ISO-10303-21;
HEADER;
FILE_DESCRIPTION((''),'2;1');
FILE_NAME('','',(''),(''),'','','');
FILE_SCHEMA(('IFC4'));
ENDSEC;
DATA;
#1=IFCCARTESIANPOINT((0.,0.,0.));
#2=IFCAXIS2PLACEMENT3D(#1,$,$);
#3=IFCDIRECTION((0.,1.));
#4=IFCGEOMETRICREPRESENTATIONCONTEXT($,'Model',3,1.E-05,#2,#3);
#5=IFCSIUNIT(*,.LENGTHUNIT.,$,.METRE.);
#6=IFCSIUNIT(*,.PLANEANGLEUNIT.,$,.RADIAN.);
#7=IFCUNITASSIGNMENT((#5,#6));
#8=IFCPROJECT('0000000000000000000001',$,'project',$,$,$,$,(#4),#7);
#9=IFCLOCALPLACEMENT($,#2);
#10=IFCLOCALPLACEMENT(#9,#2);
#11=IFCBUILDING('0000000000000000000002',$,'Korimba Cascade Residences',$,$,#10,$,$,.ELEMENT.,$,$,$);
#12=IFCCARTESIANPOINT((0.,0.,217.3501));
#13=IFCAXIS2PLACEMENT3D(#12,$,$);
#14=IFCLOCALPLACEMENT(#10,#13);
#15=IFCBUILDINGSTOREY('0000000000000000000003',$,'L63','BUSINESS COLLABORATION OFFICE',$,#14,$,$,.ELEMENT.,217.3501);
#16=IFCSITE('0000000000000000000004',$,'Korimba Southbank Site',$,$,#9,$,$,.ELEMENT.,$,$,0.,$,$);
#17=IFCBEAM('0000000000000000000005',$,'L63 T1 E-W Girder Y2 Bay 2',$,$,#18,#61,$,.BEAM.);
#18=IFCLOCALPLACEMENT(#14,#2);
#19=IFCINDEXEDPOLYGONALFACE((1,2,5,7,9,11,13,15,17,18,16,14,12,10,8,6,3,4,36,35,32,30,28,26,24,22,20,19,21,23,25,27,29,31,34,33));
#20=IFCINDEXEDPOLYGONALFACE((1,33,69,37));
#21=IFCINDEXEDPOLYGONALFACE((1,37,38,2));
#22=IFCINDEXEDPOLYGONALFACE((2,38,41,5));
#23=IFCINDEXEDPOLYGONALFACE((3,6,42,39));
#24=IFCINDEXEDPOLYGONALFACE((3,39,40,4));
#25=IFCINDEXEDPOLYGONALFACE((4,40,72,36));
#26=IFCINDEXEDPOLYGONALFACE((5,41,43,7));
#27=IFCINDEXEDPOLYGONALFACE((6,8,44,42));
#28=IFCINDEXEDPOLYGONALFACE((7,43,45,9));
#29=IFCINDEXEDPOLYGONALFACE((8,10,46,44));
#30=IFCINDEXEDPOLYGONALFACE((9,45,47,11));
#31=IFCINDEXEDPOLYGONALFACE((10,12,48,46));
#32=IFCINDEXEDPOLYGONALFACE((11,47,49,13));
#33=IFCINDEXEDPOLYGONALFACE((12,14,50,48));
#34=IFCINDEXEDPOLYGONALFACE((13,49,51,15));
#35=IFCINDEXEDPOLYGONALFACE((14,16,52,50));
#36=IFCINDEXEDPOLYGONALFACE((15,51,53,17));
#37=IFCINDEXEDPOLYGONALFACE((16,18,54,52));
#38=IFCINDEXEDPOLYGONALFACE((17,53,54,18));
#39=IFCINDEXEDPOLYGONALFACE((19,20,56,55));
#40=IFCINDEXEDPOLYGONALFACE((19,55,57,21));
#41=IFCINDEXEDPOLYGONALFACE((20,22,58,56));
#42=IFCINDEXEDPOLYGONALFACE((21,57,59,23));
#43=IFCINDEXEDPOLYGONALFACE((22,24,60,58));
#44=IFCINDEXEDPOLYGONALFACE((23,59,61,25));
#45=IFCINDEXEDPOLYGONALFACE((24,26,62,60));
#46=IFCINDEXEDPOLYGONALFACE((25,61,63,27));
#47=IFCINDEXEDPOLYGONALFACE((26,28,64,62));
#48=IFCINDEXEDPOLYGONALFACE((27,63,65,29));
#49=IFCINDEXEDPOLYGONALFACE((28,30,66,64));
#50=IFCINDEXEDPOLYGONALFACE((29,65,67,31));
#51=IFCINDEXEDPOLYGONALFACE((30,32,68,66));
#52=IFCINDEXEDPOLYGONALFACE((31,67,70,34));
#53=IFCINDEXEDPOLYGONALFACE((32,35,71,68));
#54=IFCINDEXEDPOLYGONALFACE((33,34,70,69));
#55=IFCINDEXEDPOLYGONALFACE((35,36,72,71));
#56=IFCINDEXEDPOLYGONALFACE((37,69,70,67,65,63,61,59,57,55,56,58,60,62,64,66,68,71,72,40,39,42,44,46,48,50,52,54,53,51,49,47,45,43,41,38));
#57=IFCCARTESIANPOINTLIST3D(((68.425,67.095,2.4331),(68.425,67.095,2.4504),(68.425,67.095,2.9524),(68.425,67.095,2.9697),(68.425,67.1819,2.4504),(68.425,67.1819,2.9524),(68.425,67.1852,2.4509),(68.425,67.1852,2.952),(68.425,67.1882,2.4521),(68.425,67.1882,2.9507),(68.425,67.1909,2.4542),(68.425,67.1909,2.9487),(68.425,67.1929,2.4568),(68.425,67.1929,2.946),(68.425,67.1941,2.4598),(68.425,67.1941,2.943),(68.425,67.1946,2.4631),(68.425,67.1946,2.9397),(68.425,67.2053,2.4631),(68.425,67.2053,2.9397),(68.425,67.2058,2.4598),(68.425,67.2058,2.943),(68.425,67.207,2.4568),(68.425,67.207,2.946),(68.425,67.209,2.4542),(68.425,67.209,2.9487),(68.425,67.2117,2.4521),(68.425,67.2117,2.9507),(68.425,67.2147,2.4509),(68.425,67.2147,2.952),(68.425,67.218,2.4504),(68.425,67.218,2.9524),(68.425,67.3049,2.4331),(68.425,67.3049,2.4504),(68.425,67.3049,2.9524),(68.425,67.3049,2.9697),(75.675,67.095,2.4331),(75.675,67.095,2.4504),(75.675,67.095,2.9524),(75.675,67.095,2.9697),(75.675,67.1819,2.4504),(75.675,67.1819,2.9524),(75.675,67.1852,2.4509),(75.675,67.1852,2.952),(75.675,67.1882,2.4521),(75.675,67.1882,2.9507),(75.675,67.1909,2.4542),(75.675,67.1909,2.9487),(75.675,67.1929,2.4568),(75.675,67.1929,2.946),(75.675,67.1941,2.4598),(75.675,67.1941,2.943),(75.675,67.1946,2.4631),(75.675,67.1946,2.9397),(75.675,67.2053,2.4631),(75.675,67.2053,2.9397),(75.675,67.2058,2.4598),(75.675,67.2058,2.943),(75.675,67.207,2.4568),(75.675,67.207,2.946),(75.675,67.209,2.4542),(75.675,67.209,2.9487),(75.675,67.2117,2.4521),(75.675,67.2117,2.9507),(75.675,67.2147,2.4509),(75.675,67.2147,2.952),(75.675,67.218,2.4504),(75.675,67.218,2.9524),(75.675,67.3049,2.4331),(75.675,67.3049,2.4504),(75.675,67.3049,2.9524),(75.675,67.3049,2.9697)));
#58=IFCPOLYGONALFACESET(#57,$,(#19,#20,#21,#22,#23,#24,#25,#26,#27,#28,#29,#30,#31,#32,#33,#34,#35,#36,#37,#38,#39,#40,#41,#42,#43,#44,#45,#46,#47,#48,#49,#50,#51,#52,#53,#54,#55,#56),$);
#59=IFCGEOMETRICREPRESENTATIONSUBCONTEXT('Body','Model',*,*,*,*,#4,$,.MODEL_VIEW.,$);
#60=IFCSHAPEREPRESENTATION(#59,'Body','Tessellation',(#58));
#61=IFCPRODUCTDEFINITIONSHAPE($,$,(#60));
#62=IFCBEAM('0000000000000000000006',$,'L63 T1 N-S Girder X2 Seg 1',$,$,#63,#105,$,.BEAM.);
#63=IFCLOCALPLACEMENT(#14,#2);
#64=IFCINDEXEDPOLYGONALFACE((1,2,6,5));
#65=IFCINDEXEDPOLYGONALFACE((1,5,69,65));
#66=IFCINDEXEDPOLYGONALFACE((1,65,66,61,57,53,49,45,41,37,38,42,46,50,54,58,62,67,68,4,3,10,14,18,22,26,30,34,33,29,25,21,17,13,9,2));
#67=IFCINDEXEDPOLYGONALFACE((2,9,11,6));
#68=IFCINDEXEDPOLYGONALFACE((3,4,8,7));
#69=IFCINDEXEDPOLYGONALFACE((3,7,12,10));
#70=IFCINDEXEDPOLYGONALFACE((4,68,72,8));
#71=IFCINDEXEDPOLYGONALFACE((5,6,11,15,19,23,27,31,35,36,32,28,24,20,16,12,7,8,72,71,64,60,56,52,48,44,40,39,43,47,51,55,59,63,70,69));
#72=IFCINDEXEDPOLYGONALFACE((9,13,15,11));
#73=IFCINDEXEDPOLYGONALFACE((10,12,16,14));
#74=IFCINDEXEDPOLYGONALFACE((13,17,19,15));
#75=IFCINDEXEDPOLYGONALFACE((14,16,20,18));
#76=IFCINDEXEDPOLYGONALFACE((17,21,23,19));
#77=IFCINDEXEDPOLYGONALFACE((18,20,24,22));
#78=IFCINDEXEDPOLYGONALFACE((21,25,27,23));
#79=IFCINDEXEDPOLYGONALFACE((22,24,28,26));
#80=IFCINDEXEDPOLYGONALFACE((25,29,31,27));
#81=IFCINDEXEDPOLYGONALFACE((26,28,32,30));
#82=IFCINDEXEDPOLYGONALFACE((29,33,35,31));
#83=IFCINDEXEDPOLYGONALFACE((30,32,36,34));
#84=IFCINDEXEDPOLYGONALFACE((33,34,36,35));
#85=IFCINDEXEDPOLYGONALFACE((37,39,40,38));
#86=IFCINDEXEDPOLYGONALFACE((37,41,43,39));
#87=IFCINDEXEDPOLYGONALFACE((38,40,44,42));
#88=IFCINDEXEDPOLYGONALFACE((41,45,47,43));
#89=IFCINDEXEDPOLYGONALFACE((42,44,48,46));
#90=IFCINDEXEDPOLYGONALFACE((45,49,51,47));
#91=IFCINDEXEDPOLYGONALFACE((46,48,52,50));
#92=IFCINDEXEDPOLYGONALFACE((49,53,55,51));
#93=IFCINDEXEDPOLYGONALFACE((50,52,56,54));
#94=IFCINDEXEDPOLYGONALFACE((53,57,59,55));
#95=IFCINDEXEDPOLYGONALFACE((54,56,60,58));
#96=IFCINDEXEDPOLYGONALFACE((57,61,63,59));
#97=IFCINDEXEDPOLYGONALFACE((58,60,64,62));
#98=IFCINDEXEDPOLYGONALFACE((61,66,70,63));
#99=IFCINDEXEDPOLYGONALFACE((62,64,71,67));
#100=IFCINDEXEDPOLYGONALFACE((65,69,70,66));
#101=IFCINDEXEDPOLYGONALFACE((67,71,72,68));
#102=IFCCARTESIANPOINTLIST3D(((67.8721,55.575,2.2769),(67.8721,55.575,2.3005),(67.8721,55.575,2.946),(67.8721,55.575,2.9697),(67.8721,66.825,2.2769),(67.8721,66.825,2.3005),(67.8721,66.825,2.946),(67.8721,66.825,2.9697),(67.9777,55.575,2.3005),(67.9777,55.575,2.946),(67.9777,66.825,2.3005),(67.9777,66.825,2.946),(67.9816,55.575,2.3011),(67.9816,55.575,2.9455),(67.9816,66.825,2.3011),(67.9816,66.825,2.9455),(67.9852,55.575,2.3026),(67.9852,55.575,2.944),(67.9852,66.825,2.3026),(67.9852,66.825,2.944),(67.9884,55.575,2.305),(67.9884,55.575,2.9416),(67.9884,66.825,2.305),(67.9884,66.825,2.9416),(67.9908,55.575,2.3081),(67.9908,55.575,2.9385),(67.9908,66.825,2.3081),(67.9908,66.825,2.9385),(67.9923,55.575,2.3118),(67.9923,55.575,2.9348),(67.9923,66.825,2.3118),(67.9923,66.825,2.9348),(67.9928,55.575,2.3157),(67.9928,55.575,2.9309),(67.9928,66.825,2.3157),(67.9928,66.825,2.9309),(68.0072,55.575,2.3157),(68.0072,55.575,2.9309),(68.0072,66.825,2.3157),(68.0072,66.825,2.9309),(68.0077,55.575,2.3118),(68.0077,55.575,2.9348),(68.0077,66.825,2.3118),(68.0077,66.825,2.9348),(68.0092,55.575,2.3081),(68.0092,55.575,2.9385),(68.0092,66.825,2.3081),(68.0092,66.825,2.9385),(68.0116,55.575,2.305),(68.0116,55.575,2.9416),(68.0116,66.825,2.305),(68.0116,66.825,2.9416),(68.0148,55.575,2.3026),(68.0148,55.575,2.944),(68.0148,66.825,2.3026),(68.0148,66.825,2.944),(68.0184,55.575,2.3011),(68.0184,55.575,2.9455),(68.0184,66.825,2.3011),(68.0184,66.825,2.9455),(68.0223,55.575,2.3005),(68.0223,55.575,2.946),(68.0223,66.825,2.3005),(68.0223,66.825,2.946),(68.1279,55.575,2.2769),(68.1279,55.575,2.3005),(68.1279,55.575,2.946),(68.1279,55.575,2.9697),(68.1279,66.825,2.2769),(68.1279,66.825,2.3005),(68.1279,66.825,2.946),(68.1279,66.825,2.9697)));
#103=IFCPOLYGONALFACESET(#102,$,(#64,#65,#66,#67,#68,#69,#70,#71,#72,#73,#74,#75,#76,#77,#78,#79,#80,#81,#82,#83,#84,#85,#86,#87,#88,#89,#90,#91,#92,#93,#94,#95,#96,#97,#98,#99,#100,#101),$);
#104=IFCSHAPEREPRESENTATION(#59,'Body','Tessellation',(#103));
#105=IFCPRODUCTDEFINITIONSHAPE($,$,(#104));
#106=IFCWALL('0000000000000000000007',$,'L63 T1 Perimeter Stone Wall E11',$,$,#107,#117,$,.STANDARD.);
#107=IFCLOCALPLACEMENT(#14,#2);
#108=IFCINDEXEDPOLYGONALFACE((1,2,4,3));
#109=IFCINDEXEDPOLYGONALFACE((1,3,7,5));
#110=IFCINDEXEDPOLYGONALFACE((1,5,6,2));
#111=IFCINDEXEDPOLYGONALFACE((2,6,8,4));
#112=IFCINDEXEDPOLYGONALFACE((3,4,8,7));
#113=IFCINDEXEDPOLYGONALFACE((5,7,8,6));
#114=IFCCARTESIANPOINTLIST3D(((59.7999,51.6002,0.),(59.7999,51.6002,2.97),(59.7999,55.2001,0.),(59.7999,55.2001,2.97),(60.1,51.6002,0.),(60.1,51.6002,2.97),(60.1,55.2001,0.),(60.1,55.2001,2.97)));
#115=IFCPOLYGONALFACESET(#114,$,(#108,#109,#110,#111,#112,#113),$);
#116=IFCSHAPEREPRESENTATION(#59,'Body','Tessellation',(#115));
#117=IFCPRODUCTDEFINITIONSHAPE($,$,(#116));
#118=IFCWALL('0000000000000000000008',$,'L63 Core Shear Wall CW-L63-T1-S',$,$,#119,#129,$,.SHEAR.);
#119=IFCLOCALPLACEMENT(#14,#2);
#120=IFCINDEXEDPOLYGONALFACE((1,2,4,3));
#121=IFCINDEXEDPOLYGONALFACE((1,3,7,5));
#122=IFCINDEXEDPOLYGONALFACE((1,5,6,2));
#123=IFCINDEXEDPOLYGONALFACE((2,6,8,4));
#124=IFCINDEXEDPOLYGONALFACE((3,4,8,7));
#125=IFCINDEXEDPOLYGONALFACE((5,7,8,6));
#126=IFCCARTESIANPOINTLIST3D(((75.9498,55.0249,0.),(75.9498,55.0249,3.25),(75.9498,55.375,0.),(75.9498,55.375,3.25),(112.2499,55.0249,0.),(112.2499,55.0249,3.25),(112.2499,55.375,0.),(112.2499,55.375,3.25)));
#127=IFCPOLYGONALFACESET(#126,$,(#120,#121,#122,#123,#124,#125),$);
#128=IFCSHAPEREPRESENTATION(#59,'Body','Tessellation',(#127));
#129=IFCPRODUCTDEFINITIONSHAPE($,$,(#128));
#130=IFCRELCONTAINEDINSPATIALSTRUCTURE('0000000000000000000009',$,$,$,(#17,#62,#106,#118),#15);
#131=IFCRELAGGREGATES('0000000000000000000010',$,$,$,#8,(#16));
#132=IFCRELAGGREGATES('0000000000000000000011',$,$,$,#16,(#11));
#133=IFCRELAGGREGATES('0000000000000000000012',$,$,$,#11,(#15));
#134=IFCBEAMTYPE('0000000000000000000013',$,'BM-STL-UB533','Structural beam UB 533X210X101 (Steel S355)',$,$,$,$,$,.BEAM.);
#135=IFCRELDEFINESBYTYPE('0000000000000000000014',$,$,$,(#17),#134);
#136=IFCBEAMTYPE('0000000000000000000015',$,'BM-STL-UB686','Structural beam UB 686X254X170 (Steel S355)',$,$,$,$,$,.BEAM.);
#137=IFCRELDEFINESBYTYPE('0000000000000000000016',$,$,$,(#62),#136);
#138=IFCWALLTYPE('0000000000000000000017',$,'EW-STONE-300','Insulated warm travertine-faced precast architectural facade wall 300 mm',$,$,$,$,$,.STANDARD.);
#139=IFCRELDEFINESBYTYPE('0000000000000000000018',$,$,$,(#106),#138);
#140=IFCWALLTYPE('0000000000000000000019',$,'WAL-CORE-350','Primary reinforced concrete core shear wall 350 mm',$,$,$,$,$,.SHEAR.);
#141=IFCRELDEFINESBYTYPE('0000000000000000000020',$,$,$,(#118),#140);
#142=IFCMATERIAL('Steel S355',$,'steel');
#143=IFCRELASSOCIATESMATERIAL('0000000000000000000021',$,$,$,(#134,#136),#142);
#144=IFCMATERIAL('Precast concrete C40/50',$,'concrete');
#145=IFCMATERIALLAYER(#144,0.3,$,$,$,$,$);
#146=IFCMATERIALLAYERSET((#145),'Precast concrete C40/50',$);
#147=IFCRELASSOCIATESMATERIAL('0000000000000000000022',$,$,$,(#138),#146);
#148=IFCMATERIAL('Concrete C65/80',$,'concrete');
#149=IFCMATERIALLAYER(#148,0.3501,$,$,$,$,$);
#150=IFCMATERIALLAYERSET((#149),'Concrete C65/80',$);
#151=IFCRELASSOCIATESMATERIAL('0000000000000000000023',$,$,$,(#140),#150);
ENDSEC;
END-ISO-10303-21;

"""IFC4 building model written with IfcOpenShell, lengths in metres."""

from ifc_helpers import new_model, si_unit, direction, frame, frame_2d, origin, origin_2d, place, context, subcontext, project, spatial, rectangle, i_section, extrude, material, layer, layer_set, material_profile, profile_set, type_object, element, save


model = new_model("IFC4")

# Units and contexts
model_context = context("Model", 3, precision=1e-05, world=origin(), true_north=direction((0.0, 1.0)))
body_context = subcontext(model_context, "Body", "Model", "MODEL_VIEW")
ifc_project = project(units=[si_unit("LENGTHUNIT", "METRE"), si_unit("PLANEANGLEUNIT", "RADIAN")], contexts=[model_context])

# Site, building, storey
site_placement = place(None, origin())
site = spatial("IfcSite", under=ifc_project, at=site_placement, Name="Korimba Southbank Site", CompositionType="ELEMENT", RefElevation=0.0)
building_placement = place(site_placement, origin())
building = spatial("IfcBuilding", under=site, at=building_placement, Name="Korimba Cascade Residences", CompositionType="ELEMENT")
storey_placement = place(building_placement, frame((0.0, 0.0, 217.3501)))
storey = spatial("IfcBuildingStorey", under=building, at=storey_placement, Name="L63", Description="BUSINESS COLLABORATION OFFICE", CompositionType="ELEMENT", Elevation=217.3501)

# Shared definitions
ifc_material_1 = material(Name="Concrete C65/80", Category="concrete")

# Beams
ifc_material_2 = material(Name="Steel S355", Category="steel")
ifc_material_profile_1 = material_profile(ifc_material_2, i_section(OverallWidth=0.21, OverallDepth=0.5366, WebThickness=0.0107, FlangeThickness=0.0173, FilletRadius=0.0127, at=origin_2d()), Name="Steel S355")
ifc_profile_set_1 = profile_set([ifc_material_profile_1], Name="Steel S355")
beam_type_1 = type_object("IfcBeamType", Name="BM-STL-UB533", Description="Structural beam UB 533X210X101 (Steel S355)", PredefinedType="BEAM", material=ifc_profile_set_1)
beam_1_placement = place(storey_placement, frame((68.425, 67.2, 2.7014), z_axis=(1.0, 0.0, 0.0), x_axis=(0.0, 1.0, 0.0)))
element("IfcBeam", 1, at=beam_1_placement, inside=storey, type_object=beam_type_1, Name="L63 T1 E-W Girder Y2 Bay 2", PredefinedType="BEAM", context=body_context, shape_type="SweptSolid", body=[
    extrude(i_section(OverallWidth=0.21, OverallDepth=0.5366, WebThickness=0.0107, FlangeThickness=0.0173, FilletRadius=0.0127, at=origin_2d()), origin(), (0.0, 0.0, 1.0), 7.25),
])
ifc_material_profile_2 = material_profile(ifc_material_2, i_section(OverallWidth=0.2559, OverallDepth=0.6929, WebThickness=0.0144, FlangeThickness=0.0237, FilletRadius=0.0151, at=origin_2d()), Name="Steel S355")
ifc_profile_set_2 = profile_set([ifc_material_profile_2], Name="Steel S355")
beam_type_2 = type_object("IfcBeamType", Name="BM-STL-UB686", Description="Structural beam UB 686X254X170 (Steel S355)", PredefinedType="BEAM", material=ifc_profile_set_2)
beam_2_placement = place(storey_placement, frame((68.0, 55.575, 2.6233), z_axis=(0.0, 1.0, 0.0), x_axis=(-1.0, 0.0, 0.0)))
element("IfcBeam", 2, at=beam_2_placement, inside=storey, type_object=beam_type_2, Name="L63 T1 N-S Girder X2 Seg 1", PredefinedType="BEAM", context=body_context, shape_type="SweptSolid", body=[
    extrude(i_section(OverallWidth=0.2559, OverallDepth=0.6929, WebThickness=0.0144, FlangeThickness=0.0237, FilletRadius=0.0151, at=origin_2d()), origin(), (0.0, 0.0, 1.0), 11.25),
])

# Walls
ifc_material_3 = material(Name="Precast concrete C40/50", Category="concrete")
ifc_layer_1 = layer(ifc_material_3, 0.3)
ifc_layer_set_1 = layer_set([ifc_layer_1], Name="Precast concrete C40/50")
wall_type_1 = type_object("IfcWallType", Name="EW-STONE-300", Description="Insulated warm travertine-faced precast architectural facade wall 300 mm", PredefinedType="STANDARD", material=ifc_layer_set_1)
wall_1_placement = place(storey_placement, frame((59.95, 55.2, 0.0), z_axis=(0.0, 0.0, 1.0), x_axis=(0.0, -1.0, 0.0)))
element("IfcWall", 3, at=wall_1_placement, inside=storey, type_object=wall_type_1, Name="L63 T1 Perimeter Stone Wall E11", PredefinedType="STANDARD", context=body_context, shape_type="SweptSolid", body=[
    extrude(rectangle(XDim=3.5999, YDim=0.3, at=frame_2d((1.7998, 0.0))), origin(), (0.0, 0.0, 1.0), 2.97),
])
ifc_layer_2 = layer(ifc_material_1, 0.3501)
ifc_layer_set_2 = layer_set([ifc_layer_2], Name="Concrete C65/80")
wall_type_2 = type_object("IfcWallType", Name="WAL-CORE-350", Description="Primary reinforced concrete core shear wall 350 mm", PredefinedType="SHEAR", material=ifc_layer_set_2)
wall_2_placement = place(storey_placement, frame((75.95, 55.2, 0.0), z_axis=(0.0, 0.0, 1.0), x_axis=(1.0, 0.0, 0.0)))
element("IfcWall", 4, at=wall_2_placement, inside=storey, type_object=wall_type_2, Name="L63 Core Shear Wall CW-L63-T1-S", PredefinedType="SHEAR", context=body_context, shape_type="SweptSolid", body=[
    extrude(rectangle(XDim=36.3, YDim=0.3501, at=frame_2d((18.1499, 0.0))), origin(), (0.0, 0.0, 1.0), 3.25),
])

save(model, "model.ifc")
